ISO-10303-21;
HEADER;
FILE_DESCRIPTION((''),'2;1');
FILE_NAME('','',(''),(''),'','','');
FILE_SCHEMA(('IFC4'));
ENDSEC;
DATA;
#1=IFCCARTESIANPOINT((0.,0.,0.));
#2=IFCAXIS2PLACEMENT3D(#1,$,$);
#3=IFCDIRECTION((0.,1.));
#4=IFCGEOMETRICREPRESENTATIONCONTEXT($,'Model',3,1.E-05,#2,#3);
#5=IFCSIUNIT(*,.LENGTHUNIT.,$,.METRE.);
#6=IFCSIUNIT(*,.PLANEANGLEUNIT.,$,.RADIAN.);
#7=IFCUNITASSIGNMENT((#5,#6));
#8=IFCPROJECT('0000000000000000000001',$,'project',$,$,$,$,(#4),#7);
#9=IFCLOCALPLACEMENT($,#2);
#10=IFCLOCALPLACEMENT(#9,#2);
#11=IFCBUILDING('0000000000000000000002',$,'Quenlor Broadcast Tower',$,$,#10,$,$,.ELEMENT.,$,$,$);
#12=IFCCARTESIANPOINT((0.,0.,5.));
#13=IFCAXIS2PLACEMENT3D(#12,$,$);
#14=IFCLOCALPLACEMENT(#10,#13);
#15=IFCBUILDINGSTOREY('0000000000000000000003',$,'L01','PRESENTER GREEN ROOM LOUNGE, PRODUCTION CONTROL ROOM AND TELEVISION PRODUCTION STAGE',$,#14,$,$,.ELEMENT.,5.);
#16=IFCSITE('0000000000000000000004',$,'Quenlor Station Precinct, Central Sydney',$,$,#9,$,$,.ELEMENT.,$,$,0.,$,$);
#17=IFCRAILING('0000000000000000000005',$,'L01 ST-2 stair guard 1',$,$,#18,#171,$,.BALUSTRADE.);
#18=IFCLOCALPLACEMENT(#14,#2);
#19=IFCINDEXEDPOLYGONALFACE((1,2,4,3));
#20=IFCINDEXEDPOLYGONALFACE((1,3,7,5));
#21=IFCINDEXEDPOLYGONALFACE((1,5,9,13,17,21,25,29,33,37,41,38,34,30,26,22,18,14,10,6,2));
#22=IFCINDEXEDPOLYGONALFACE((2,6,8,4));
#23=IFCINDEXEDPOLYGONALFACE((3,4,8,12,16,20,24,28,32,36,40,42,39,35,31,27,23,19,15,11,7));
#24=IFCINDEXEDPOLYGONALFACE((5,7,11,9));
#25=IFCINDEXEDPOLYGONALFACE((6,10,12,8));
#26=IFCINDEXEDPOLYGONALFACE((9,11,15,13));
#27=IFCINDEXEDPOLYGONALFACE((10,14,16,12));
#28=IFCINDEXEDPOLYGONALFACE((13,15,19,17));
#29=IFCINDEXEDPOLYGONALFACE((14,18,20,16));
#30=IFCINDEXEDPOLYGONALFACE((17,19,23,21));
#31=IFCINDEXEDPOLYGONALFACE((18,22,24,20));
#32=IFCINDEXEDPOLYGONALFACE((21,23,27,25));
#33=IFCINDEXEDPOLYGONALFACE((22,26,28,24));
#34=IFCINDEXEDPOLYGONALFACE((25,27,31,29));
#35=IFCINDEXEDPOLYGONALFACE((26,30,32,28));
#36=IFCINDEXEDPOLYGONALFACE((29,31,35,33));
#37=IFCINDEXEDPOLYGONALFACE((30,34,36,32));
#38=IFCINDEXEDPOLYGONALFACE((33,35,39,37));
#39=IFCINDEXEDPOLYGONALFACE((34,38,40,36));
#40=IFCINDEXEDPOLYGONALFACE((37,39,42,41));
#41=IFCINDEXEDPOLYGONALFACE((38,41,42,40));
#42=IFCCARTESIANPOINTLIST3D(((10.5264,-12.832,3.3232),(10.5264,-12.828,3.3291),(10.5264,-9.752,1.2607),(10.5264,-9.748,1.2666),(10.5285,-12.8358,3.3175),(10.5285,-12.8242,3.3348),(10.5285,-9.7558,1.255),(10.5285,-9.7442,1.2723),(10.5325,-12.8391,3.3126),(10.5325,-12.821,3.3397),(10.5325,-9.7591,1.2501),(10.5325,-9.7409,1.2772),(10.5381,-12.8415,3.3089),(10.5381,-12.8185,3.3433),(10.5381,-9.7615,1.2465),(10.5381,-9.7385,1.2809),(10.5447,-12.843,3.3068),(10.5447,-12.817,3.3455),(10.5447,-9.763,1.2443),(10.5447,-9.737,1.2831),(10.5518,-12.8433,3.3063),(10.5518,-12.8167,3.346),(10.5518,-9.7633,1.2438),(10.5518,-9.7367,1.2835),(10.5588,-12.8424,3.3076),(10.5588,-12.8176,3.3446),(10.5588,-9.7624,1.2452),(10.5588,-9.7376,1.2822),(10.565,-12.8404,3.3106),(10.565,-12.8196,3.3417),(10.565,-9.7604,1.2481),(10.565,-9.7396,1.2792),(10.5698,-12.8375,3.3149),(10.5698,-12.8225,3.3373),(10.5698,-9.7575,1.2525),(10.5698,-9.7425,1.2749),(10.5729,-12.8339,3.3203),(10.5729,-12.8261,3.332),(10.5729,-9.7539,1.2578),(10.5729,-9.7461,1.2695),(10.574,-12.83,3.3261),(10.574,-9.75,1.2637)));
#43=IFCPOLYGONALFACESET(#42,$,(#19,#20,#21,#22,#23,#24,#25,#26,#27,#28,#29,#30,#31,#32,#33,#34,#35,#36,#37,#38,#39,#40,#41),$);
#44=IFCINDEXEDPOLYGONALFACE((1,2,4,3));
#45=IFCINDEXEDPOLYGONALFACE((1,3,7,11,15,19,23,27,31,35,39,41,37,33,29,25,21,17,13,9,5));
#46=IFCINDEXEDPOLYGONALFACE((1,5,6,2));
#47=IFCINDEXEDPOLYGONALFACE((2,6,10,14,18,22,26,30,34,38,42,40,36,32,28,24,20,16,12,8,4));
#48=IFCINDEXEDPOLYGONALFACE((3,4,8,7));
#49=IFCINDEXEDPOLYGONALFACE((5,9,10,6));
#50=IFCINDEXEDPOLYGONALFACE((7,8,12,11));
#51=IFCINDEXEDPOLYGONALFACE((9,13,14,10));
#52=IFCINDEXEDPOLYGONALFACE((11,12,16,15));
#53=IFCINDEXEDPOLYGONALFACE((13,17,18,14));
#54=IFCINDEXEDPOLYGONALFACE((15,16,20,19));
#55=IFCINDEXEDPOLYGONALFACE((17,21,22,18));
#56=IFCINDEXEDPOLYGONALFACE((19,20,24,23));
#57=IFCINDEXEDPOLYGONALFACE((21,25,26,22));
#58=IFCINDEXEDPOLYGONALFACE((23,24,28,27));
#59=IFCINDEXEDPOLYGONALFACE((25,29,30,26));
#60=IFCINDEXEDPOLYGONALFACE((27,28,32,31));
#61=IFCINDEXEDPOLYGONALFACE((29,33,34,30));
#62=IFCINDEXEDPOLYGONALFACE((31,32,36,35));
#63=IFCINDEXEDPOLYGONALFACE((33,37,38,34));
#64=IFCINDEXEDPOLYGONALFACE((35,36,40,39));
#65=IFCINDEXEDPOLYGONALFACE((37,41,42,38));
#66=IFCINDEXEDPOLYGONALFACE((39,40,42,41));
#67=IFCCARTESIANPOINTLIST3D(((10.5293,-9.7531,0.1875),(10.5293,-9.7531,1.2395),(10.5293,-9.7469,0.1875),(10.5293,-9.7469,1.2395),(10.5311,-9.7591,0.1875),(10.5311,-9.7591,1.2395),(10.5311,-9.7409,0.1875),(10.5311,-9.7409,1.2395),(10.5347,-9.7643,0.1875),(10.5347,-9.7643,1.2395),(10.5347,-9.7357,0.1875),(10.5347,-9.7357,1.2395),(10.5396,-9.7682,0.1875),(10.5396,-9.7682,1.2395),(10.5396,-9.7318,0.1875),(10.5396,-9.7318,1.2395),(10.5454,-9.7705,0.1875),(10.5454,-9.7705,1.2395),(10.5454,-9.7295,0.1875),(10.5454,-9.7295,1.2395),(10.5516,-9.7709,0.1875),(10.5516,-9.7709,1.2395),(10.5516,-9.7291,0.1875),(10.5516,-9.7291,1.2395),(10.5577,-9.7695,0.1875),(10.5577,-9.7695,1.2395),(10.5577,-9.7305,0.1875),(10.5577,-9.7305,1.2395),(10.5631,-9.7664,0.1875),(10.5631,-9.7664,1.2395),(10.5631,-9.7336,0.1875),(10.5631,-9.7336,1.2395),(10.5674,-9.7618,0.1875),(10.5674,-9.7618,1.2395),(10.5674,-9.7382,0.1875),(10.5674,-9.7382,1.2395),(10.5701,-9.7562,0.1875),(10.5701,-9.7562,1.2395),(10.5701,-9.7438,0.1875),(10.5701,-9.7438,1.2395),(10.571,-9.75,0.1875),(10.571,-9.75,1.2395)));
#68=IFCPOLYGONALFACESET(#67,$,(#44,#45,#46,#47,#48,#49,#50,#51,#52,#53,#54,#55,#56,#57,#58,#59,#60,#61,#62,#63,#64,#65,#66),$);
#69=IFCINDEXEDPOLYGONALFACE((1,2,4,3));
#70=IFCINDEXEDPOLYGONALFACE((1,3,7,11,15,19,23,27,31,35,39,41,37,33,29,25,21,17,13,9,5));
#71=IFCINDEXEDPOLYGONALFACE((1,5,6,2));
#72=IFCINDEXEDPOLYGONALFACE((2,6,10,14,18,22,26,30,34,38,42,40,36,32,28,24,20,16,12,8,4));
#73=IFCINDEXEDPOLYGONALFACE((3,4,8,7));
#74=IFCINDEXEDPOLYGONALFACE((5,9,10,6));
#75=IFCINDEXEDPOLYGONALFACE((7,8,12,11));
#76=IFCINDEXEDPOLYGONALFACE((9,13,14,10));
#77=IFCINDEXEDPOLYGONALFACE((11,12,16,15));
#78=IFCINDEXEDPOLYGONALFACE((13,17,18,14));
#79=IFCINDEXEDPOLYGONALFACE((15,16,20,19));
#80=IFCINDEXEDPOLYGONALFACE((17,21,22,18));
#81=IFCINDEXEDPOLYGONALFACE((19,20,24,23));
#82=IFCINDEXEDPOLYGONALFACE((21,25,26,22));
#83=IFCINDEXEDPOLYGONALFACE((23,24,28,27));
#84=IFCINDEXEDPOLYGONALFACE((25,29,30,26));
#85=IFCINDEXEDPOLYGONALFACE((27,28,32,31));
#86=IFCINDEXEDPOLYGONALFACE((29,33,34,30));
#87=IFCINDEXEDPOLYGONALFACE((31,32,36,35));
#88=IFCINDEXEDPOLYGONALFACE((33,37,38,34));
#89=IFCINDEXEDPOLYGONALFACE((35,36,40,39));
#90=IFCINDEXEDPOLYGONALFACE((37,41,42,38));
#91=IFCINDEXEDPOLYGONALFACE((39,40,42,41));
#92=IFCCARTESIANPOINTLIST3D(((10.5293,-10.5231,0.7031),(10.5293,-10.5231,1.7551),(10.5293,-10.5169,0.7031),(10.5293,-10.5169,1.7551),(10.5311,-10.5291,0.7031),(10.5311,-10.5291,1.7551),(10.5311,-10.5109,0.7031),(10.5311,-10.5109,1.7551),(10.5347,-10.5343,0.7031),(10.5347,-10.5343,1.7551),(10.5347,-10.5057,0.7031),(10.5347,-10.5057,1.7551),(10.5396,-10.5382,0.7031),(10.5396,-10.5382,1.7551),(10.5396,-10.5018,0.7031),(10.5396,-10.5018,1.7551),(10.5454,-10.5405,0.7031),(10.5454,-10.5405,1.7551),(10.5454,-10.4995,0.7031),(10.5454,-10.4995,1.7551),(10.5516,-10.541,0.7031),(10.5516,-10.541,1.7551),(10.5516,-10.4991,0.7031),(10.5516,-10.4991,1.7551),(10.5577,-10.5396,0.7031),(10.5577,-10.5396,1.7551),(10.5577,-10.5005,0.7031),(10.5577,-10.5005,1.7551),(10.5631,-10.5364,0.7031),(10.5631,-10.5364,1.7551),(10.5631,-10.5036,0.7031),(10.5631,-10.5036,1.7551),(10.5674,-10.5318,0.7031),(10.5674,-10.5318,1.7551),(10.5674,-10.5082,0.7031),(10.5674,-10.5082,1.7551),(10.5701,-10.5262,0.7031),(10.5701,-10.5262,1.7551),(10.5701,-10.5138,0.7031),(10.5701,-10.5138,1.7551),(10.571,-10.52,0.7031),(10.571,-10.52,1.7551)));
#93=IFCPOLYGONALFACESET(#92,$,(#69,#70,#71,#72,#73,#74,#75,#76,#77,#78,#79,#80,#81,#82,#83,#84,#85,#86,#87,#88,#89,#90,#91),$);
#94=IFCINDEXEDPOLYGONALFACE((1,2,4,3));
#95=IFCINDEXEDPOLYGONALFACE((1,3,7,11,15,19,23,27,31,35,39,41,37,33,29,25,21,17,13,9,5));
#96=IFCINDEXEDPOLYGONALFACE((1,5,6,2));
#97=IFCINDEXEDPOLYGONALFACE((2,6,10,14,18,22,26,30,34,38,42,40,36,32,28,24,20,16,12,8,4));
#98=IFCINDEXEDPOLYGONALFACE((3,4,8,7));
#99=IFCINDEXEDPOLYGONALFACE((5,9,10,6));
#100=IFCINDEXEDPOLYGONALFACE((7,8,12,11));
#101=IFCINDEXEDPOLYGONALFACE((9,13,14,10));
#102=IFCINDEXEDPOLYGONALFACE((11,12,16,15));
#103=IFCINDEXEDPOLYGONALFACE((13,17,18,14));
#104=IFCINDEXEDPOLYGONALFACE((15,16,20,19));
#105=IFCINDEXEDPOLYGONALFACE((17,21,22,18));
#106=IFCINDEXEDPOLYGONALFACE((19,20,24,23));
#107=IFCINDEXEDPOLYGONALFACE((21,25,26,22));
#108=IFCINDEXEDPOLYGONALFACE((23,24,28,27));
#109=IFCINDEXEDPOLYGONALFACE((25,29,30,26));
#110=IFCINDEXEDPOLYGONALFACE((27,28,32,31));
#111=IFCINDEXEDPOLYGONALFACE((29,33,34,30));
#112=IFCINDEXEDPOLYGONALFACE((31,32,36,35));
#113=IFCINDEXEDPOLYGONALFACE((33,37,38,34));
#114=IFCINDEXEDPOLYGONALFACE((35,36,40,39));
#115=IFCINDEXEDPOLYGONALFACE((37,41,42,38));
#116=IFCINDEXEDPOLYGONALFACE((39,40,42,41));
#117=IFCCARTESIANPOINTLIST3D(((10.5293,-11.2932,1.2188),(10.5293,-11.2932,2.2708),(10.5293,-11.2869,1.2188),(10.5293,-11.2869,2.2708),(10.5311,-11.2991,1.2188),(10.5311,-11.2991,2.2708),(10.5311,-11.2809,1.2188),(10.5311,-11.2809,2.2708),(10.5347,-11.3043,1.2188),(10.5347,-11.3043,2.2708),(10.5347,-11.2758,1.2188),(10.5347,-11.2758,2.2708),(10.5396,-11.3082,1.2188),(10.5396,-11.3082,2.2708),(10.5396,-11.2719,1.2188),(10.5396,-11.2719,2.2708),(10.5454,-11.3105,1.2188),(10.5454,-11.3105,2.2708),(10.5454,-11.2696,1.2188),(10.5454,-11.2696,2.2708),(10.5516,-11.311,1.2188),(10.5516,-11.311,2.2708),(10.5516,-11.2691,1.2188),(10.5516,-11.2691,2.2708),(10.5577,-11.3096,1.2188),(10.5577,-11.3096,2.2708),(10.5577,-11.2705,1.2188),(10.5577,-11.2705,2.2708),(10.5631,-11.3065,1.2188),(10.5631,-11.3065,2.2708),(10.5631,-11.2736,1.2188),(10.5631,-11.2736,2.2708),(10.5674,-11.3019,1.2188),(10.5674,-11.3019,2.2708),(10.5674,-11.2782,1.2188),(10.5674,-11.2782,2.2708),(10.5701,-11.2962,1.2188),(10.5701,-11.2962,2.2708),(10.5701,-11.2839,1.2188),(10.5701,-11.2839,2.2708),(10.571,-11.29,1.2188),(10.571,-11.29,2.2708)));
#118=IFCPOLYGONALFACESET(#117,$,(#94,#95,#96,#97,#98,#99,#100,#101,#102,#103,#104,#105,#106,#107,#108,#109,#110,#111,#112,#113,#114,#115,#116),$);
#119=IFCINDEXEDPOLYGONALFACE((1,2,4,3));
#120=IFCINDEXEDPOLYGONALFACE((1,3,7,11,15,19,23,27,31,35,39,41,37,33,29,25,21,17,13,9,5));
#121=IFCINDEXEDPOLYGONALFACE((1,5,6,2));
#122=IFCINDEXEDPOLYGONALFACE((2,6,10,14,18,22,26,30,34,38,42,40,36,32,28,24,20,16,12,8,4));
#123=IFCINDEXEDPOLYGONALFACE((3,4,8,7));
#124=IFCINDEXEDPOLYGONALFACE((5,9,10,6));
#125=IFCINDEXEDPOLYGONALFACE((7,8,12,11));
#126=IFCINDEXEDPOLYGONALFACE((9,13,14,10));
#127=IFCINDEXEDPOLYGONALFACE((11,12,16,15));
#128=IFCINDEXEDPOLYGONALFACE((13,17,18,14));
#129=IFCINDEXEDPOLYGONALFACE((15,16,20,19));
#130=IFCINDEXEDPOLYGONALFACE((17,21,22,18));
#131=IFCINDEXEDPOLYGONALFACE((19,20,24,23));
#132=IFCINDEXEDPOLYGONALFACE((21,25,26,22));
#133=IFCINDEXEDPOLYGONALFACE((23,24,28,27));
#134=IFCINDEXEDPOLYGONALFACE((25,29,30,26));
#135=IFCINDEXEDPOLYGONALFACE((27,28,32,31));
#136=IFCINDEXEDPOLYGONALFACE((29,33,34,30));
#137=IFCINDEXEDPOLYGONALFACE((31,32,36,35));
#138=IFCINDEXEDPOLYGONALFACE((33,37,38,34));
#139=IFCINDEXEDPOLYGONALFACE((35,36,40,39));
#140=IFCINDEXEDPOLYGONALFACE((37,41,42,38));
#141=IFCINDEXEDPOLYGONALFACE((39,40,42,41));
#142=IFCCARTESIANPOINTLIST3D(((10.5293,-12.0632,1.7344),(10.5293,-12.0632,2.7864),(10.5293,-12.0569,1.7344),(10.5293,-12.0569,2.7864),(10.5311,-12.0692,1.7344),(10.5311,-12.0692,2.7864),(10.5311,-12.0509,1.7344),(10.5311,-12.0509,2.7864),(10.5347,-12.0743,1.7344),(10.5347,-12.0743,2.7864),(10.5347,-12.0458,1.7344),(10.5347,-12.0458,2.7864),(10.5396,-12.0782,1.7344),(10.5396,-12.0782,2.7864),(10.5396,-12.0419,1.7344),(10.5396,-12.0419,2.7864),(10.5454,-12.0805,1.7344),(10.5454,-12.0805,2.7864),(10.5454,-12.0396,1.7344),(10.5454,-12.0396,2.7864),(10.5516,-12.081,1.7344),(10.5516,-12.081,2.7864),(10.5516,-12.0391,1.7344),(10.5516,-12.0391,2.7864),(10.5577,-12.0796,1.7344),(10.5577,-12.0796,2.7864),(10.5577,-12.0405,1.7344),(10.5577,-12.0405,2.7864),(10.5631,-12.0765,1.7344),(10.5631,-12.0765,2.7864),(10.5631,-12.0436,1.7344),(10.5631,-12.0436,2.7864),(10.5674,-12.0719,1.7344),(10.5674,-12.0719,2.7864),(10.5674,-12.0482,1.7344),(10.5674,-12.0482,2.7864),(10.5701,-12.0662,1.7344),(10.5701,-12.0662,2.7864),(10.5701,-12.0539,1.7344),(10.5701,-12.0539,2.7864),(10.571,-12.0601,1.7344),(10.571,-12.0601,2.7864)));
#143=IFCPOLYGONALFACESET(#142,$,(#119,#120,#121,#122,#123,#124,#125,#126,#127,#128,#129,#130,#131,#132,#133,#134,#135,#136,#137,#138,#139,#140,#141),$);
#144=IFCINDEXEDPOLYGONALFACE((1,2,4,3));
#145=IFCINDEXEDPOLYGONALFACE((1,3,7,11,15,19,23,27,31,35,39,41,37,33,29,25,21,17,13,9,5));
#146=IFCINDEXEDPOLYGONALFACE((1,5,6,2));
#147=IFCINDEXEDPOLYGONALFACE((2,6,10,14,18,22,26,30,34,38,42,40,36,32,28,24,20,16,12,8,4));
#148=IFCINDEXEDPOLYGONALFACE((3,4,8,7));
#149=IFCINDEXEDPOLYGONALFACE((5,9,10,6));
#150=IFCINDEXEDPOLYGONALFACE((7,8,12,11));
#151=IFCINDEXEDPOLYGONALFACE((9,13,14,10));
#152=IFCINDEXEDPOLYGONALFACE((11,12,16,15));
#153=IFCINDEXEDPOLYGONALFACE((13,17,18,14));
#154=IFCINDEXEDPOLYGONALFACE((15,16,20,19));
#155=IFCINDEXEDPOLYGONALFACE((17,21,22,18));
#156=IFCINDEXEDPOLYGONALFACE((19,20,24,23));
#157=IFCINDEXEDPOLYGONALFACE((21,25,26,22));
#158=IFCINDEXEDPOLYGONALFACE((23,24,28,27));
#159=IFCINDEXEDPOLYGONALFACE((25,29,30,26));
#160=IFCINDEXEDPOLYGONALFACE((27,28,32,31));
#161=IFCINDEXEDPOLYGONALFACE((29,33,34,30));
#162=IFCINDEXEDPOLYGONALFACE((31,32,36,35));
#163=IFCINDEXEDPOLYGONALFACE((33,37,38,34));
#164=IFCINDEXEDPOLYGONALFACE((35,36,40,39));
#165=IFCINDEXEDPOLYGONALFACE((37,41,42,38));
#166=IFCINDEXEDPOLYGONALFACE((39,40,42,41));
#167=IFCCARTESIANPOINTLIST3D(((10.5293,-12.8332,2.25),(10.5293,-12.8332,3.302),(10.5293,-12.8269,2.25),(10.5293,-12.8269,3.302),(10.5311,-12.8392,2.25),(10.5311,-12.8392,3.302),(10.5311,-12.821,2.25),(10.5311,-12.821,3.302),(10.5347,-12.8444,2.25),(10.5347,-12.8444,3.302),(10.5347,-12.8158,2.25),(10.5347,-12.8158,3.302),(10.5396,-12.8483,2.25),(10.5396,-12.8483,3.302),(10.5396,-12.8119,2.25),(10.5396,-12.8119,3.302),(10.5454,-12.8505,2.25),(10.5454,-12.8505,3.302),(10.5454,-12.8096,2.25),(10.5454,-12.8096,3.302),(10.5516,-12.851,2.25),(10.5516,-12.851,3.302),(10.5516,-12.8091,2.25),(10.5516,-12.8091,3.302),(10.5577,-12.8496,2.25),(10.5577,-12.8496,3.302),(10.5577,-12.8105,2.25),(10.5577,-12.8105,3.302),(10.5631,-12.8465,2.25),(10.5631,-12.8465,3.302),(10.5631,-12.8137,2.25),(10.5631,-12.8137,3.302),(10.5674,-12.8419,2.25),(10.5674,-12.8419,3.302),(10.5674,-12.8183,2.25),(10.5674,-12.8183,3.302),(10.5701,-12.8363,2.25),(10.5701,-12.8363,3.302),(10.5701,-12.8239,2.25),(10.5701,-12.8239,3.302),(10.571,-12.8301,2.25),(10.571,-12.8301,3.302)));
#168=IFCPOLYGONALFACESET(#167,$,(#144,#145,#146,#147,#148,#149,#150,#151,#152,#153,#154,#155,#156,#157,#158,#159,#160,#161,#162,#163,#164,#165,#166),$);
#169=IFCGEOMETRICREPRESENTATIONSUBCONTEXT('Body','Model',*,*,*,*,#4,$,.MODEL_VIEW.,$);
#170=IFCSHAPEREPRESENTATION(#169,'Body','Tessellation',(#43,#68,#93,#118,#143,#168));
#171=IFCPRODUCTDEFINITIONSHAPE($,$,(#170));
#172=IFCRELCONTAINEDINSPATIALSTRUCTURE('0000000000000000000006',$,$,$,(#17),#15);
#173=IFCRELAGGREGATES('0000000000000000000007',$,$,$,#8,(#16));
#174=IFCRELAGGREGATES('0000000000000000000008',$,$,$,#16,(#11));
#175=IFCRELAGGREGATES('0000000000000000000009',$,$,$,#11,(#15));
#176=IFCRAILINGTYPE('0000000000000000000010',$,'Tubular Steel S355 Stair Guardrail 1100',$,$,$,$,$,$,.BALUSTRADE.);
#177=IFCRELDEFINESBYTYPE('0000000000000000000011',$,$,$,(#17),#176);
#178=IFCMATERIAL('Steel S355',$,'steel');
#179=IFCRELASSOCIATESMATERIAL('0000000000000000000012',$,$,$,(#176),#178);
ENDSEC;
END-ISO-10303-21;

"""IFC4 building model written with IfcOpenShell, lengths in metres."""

from ifc_helpers import new_model, si_unit, direction, frame, origin, origin_2d, place, context, subcontext, project, spatial, circle, extrude, material, type_object, element, save


model = new_model("IFC4")

# Units and contexts
model_context = context("Model", 3, precision=1e-05, world=origin(), true_north=direction((0.0, 1.0)))
body_context = subcontext(model_context, "Body", "Model", "MODEL_VIEW")
ifc_project = project(units=[si_unit("LENGTHUNIT", "METRE"), si_unit("PLANEANGLEUNIT", "RADIAN")], contexts=[model_context])

# Site, building, storey
site_placement = place(None, origin())
site = spatial("IfcSite", under=ifc_project, at=site_placement, Name="Quenlor Station Precinct, Central Sydney", CompositionType="ELEMENT", RefElevation=0.0)
building_placement = place(site_placement, origin())
building = spatial("IfcBuilding", under=site, at=building_placement, Name="Quenlor Broadcast Tower", CompositionType="ELEMENT")
storey_placement = place(building_placement, frame((0.0, 0.0, 5.0)))
storey = spatial("IfcBuildingStorey", under=building, at=storey_placement, Name="L01", Description="PRESENTER GREEN ROOM LOUNGE, PRODUCTION CONTROL ROOM AND TELEVISION PRODUCTION STAGE", CompositionType="ELEMENT", Elevation=5.0)

# Railing
ifc_material_1 = material(Name="Steel S355", Category="steel")
railing_type_1 = type_object("IfcRailingType", Name="Tubular Steel S355 Stair Guardrail 1100", PredefinedType="BALUSTRADE", material=ifc_material_1)
railing_1_placement = place(storey_placement, frame((10.55, -9.75, 0.1875)))
element("IfcRailing", 1, at=railing_1_placement, inside=storey, type_object=railing_type_1, Name="L01 ST-2 stair guard 1", PredefinedType="BALUSTRADE", context=body_context, shape_type="SweptSolid", body=[
    extrude(circle(Radius=0.0239, at=origin_2d()), frame((0.0, 0.0, 1.0762), z_axis=(0.0, -0.830914, 0.556401), x_axis=(1.0, 0.0, 0.0)), (0.0, 0.0, 1.0), 3.7068),
    extrude(circle(Radius=0.021, at=origin_2d()), origin(), (0.0, 0.0, 1.0), 1.052),
    extrude(circle(Radius=0.021, at=origin_2d()), frame((0.0, -0.77, 0.5156)), (0.0, 0.0, 1.0), 1.052),
    extrude(circle(Radius=0.021, at=origin_2d()), frame((0.0, -1.54, 1.0312)), (0.0, 0.0, 1.0), 1.052),
    extrude(circle(Radius=0.021, at=origin_2d()), frame((0.0, -2.3101, 1.5469)), (0.0, 0.0, 1.0), 1.052),
    extrude(circle(Radius=0.021, at=origin_2d()), frame((0.0, -3.0801, 2.0625)), (0.0, 0.0, 1.0), 1.052),
])

save(model, "model.ifc")
